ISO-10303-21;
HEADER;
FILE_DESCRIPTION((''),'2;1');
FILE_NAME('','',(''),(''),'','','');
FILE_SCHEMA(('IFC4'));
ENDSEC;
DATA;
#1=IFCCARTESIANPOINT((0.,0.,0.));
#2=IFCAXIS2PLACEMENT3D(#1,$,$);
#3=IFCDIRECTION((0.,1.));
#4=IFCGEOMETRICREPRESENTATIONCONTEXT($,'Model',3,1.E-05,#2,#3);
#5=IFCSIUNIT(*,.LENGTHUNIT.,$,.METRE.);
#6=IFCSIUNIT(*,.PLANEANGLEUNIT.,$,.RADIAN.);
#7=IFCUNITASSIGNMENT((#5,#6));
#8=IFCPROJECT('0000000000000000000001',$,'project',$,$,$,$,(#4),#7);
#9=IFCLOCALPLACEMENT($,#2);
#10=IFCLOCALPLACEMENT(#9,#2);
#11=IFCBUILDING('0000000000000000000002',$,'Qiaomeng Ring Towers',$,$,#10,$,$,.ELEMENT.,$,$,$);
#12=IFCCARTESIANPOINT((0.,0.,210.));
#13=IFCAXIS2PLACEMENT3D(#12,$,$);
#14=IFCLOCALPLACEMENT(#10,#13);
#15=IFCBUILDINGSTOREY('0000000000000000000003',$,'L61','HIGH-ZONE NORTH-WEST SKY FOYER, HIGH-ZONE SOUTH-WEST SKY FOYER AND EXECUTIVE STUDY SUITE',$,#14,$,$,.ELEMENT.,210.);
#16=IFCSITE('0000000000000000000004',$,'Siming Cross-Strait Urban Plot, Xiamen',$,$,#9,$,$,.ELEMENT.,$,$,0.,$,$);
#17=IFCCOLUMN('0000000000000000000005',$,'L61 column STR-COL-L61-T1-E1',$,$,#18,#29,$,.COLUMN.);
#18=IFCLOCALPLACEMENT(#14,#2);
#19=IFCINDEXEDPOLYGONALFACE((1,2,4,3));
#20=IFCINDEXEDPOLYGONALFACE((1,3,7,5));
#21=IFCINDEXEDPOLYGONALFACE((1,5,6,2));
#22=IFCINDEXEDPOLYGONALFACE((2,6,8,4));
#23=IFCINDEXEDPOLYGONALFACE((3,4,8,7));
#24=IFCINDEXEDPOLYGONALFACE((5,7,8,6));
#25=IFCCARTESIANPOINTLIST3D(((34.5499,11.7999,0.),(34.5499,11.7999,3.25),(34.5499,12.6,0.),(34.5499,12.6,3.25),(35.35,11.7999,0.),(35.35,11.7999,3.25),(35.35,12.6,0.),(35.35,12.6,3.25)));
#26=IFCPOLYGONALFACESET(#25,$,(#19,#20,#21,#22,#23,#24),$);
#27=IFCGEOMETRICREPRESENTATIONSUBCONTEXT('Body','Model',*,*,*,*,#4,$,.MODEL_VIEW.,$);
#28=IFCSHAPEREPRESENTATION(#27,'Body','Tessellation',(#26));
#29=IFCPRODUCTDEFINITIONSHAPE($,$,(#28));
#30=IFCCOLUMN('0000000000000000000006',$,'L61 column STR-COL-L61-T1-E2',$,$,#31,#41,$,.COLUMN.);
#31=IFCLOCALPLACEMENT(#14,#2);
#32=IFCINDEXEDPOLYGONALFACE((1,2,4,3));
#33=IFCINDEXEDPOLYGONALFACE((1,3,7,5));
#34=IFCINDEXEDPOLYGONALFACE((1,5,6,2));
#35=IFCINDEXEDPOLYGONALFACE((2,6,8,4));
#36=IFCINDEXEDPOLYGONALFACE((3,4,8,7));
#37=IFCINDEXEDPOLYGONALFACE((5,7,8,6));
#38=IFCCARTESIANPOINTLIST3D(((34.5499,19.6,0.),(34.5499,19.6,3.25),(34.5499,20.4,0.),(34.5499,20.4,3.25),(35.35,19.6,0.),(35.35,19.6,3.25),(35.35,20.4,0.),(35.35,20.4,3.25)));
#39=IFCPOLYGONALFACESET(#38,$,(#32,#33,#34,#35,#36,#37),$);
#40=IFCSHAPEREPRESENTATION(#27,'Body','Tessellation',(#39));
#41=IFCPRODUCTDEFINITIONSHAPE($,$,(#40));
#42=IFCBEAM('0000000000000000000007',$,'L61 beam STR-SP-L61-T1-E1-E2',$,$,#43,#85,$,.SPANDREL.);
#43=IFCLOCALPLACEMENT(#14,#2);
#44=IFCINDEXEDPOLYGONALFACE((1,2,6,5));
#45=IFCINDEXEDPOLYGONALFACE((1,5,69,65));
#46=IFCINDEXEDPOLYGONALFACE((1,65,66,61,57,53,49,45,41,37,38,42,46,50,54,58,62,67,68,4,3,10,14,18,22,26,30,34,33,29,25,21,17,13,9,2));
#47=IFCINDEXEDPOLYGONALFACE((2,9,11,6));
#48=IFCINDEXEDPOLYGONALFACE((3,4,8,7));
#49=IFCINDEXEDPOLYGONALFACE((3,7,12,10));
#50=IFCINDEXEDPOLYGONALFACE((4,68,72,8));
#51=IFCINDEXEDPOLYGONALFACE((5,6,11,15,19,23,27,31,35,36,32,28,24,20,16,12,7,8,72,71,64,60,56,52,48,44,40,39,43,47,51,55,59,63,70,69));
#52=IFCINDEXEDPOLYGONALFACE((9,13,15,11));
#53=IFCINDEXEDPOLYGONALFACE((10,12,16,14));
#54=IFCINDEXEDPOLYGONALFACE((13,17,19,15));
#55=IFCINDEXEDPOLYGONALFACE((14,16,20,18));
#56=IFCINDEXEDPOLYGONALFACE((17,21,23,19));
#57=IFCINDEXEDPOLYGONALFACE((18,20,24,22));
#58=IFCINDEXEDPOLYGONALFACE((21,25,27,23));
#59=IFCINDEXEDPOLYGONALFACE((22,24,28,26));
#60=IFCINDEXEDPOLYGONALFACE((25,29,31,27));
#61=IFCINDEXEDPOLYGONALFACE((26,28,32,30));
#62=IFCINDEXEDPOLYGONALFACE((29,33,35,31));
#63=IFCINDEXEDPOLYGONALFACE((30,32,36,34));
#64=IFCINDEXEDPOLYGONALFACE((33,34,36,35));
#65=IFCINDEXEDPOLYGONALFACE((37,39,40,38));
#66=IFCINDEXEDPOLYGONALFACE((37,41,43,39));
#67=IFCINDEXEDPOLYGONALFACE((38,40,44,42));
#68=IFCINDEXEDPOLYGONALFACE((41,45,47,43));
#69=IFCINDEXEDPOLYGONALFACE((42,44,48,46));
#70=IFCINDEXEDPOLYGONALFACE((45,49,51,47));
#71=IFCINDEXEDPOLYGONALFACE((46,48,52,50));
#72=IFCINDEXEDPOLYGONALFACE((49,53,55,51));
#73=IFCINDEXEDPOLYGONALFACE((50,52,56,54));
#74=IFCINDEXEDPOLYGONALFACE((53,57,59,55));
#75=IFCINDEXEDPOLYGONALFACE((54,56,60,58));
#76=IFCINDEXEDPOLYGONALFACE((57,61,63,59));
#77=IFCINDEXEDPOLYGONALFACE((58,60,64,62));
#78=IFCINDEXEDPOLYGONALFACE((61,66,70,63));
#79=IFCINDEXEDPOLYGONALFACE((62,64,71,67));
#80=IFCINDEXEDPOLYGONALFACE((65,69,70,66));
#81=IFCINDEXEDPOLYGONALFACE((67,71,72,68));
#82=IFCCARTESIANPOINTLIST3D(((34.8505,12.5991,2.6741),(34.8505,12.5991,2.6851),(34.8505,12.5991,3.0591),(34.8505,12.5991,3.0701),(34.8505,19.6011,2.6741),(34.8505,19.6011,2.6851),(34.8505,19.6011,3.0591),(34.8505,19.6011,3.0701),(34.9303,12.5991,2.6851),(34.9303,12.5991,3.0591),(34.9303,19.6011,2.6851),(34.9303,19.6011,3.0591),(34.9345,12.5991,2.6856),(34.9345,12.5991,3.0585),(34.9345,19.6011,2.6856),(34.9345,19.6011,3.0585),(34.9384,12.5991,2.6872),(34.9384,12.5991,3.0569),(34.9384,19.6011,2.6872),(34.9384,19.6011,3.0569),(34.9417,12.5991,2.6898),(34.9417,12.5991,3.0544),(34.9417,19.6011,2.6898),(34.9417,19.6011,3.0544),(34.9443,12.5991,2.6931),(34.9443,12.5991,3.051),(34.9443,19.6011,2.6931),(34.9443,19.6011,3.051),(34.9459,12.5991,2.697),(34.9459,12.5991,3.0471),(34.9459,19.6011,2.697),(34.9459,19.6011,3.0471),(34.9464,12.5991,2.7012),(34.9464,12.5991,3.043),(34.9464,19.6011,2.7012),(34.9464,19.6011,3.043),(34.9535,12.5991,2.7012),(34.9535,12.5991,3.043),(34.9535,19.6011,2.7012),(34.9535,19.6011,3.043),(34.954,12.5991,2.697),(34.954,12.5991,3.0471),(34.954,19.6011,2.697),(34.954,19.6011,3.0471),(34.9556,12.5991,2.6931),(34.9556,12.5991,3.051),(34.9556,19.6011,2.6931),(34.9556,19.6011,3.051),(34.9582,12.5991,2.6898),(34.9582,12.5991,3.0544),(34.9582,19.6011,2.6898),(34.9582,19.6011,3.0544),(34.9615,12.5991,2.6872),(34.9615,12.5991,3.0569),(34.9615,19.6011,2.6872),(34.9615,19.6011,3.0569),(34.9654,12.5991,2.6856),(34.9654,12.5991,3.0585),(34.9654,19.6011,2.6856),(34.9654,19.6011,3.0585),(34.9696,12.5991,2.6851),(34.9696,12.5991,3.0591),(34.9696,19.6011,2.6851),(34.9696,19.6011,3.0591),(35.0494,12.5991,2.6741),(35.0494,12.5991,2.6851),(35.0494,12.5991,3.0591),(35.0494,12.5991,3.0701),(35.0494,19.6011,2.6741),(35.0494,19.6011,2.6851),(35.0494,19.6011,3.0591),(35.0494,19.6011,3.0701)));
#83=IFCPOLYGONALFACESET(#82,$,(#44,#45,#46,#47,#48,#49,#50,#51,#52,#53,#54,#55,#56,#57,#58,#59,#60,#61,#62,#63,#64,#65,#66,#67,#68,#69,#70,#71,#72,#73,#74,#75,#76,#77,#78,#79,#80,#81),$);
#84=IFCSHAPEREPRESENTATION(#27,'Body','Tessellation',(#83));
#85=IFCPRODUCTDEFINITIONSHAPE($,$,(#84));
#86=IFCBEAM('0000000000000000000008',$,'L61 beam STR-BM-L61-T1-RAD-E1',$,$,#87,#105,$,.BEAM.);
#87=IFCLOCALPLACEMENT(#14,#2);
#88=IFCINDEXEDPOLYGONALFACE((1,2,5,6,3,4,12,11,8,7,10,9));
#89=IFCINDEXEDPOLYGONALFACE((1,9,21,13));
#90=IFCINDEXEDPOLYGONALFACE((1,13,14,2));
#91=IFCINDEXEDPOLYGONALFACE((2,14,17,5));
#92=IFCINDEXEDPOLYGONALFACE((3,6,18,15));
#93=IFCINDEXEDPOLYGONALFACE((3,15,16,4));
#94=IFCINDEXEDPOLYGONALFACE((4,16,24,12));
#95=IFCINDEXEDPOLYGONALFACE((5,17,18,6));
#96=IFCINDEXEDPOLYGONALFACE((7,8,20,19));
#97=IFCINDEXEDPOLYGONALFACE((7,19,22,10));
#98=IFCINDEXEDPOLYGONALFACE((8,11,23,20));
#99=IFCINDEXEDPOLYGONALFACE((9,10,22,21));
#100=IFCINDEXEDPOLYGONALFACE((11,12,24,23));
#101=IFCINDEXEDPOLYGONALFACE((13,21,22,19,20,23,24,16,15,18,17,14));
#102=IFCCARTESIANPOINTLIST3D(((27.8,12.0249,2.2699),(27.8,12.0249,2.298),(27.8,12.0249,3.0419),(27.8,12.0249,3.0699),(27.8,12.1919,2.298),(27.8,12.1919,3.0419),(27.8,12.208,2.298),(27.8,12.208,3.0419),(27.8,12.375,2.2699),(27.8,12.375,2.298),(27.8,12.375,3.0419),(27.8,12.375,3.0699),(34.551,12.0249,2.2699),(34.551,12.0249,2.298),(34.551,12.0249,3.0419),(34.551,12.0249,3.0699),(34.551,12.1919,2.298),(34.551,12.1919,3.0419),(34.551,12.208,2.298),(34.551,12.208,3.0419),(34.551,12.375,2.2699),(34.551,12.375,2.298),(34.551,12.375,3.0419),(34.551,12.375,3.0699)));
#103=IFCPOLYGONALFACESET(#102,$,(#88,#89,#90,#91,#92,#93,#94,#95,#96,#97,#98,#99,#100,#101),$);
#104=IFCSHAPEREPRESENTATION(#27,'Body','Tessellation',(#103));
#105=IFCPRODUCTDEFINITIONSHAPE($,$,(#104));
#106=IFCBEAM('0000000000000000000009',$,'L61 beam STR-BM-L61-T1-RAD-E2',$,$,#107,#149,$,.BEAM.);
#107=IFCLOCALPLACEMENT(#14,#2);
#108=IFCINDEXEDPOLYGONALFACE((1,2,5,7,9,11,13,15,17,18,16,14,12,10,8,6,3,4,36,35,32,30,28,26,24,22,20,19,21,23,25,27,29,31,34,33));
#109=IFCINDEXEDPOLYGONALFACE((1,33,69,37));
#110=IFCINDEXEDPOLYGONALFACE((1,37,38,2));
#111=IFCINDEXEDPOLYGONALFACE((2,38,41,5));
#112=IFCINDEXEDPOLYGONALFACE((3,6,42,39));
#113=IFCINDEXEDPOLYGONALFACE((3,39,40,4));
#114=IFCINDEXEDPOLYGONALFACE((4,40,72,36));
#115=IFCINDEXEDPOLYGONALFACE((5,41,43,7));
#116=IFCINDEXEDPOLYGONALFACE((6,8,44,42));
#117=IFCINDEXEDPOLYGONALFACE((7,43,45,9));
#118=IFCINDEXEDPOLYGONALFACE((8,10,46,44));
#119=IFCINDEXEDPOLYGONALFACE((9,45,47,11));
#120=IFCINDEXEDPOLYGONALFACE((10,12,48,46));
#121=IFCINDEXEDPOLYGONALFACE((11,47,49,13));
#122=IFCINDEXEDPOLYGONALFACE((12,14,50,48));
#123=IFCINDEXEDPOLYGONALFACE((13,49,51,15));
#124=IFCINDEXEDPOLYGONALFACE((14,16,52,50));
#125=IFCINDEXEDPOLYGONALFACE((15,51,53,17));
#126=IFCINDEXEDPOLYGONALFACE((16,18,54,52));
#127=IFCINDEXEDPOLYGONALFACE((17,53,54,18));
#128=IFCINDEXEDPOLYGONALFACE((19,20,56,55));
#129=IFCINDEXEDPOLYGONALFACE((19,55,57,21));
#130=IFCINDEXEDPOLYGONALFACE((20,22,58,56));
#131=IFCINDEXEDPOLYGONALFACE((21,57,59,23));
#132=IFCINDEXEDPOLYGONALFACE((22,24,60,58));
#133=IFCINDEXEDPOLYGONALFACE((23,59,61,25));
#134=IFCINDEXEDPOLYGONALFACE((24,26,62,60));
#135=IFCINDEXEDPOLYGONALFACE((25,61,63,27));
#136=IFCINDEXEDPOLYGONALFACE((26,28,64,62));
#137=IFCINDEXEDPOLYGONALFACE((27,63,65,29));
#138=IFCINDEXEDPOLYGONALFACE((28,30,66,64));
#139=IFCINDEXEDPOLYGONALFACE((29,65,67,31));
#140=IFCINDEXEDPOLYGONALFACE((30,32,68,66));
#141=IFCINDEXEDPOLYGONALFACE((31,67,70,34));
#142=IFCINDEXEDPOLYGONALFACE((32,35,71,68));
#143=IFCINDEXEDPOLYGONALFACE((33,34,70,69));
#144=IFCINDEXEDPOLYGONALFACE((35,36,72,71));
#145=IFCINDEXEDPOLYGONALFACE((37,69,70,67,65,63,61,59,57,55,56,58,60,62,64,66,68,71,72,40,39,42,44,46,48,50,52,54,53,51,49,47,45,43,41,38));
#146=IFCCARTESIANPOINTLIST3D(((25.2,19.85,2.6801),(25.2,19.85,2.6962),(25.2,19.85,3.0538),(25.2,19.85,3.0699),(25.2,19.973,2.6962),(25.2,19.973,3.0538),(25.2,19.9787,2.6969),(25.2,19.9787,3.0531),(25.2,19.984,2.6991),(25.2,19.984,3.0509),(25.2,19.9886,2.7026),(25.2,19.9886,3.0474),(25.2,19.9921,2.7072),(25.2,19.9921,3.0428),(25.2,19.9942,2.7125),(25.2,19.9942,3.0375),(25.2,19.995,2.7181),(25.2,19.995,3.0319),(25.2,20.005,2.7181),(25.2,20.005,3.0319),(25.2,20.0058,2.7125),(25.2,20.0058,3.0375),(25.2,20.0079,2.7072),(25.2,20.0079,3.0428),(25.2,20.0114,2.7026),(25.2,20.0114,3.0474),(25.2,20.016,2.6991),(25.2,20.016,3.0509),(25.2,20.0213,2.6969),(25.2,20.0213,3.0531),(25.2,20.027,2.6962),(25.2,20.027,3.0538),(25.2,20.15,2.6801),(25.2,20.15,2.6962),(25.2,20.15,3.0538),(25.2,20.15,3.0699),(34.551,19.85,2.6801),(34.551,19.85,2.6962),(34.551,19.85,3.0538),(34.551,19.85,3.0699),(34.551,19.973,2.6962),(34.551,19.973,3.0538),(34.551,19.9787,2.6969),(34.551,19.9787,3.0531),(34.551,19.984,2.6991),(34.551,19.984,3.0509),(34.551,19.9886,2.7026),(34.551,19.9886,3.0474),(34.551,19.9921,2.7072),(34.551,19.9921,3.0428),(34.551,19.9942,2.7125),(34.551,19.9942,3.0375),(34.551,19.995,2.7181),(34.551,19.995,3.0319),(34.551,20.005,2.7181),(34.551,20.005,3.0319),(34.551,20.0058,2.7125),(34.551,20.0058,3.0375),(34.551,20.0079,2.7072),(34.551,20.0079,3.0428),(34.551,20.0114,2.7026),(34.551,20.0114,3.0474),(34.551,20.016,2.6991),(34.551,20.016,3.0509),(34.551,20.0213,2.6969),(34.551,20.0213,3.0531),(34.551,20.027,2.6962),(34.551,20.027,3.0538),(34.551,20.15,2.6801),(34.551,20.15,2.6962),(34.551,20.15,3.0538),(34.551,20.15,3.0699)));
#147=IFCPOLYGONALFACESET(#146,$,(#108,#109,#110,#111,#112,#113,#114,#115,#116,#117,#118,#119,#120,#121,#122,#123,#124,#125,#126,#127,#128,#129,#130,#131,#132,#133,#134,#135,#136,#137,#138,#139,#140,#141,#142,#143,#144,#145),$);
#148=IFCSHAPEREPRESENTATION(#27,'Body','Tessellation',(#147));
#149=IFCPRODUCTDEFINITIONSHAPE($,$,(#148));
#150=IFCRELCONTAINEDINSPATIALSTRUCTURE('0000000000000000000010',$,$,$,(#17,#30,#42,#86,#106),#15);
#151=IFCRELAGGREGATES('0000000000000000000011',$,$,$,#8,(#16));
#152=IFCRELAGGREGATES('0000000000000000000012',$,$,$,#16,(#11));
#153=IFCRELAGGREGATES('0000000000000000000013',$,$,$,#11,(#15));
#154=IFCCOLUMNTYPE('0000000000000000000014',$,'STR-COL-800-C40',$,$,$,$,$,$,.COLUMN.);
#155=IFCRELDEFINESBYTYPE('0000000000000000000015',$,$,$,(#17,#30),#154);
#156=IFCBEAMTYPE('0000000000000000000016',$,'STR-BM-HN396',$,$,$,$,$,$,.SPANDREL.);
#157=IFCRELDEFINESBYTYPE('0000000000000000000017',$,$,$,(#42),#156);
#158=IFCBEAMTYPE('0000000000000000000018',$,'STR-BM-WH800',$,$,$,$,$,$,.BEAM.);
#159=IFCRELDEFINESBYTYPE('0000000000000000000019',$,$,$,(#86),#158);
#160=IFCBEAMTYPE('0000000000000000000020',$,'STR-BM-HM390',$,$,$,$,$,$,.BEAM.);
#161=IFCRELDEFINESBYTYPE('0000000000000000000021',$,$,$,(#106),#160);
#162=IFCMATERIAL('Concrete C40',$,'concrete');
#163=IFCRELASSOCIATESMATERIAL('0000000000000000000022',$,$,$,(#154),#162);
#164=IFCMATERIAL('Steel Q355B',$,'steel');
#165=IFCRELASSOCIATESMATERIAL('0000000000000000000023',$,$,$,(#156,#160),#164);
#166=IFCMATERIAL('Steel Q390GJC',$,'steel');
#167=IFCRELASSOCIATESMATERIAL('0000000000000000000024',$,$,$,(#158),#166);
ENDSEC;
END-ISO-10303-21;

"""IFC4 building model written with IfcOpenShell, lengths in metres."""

from ifc_helpers import new_model, si_unit, direction, frame, origin, origin_2d, place, context, subcontext, project, spatial, rectangle, i_section, extrude, source, transform, mapped, material, material_profile, profile_set, type_object, element, save


model = new_model("IFC4")

# Units and contexts
model_context = context("Model", 3, precision=1e-05, world=origin(), true_north=direction((0.0, 1.0)))
body_context = subcontext(model_context, "Body", "Model", "MODEL_VIEW")
ifc_project = project(units=[si_unit("LENGTHUNIT", "METRE"), si_unit("PLANEANGLEUNIT", "RADIAN")], contexts=[model_context])

# Site, building, storey
site_placement = place(None, origin())
site = spatial("IfcSite", under=ifc_project, at=site_placement, Name="Siming Cross-Strait Urban Plot, Xiamen", CompositionType="ELEMENT", RefElevation=0.0)
building_placement = place(site_placement, origin())
building = spatial("IfcBuilding", under=site, at=building_placement, Name="Qiaomeng Ring Towers", CompositionType="ELEMENT")
storey_placement = place(building_placement, frame((0.0, 0.0, 210.0)))
storey = spatial("IfcBuildingStorey", under=building, at=storey_placement, Name="L61", Description="HIGH-ZONE NORTH-WEST SKY FOYER, HIGH-ZONE SOUTH-WEST SKY FOYER AND EXECUTIVE STUDY SUITE", CompositionType="ELEMENT", Elevation=210.0)

# Columns
ifc_material_1 = material(Name="Concrete C40", Category="concrete")
ifc_material_profile_1 = material_profile(ifc_material_1, rectangle(XDim=0.8, YDim=0.8, at=origin_2d()), Name="RC COL 800x800")
ifc_profile_set_1 = profile_set([ifc_material_profile_1], Name="Concrete C40")
column_type = type_object("IfcColumnType", Name="STR-COL-800-C40", PredefinedType="COLUMN", material=ifc_profile_set_1)
shared_shape_1 = source(origin(), body_context, "Body", "SweptSolid", [
    extrude(rectangle(XDim=0.8, YDim=0.8, at=origin_2d()), origin(), (0.0, 0.0, 1.0), 3.25),
])
for number, where, z_axis, x_axis, name in (
    (1, (34.95, 12.2, 0.0), (0.0, 0.0, 1.0), (1.0, 0.0, 0.0), "L61 column STR-COL-L61-T1-E1"),
    (2, (34.95, 20.0, 0.0), (0.0, 0.0, 1.0), (1.0, 0.0, 0.0), "L61 column STR-COL-L61-T1-E2"),
):
    element("IfcColumn", number, at=place(storey_placement, frame(where, z_axis=z_axis, x_axis=x_axis)), inside=storey, type_object=column_type, Name=name, PredefinedType="COLUMN", context=body_context, shape_type="MappedRepresentation", body=[
        mapped(shared_shape_1, transform((0.0, 0.0, 0.0), x_axis=(1.0, 0.0, 0.0), y_axis=(0.0, 1.0, 0.0), z_axis=(0.0, 0.0, 1.0), scale=1.0)),
    ])

# Beams
ifc_material_2 = material(Name="Steel Q355B", Category="steel")
ifc_material_profile_2 = material_profile(ifc_material_2, i_section(OverallWidth=0.199, OverallDepth=0.396, WebThickness=0.0071, FlangeThickness=0.011, FilletRadius=0.0161, at=origin_2d()), Name="HN 396x199x7x11")
ifc_profile_set_2 = profile_set([ifc_material_profile_2], Name="Steel Q355B")
beam_type_1 = type_object("IfcBeamType", Name="STR-BM-HN396", PredefinedType="SPANDREL", material=ifc_profile_set_2)
shared_shape_2 = source(origin(), body_context, "Body", "SweptSolid", [
    extrude(i_section(OverallWidth=0.199, OverallDepth=0.396, WebThickness=0.0071, FlangeThickness=0.011, FilletRadius=0.0161, at=origin_2d()), origin(), (0.0, 0.0, 1.0), 7.002),
])
beam_1_placement = place(storey_placement, frame((34.95, 12.5991, 2.8721), z_axis=(0.0, 1.0, 0.0), x_axis=(-1.0, 0.0, 0.0)))
element("IfcBeam", 3, at=beam_1_placement, inside=storey, type_object=beam_type_1, Name="L61 beam STR-SP-L61-T1-E1-E2", PredefinedType="SPANDREL", context=body_context, shape_type="MappedRepresentation", body=[
    mapped(shared_shape_2, transform((0.0, 0.0, 0.0), x_axis=(1.0, 0.0, 0.0), y_axis=(0.0, 1.0, 0.0), z_axis=(0.0, 0.0, 1.0), scale=1.0)),
])
ifc_material_3 = material(Name="Steel Q390GJC", Category="steel")
ifc_material_profile_3 = material_profile(ifc_material_3, i_section(OverallWidth=0.3501, OverallDepth=0.8, WebThickness=0.0161, FlangeThickness=0.0281, at=origin_2d()), Name="WH 800x350x16x28")
ifc_profile_set_3 = profile_set([ifc_material_profile_3], Name="Steel Q390GJC")
beam_type_2 = type_object("IfcBeamType", Name="STR-BM-WH800", PredefinedType="BEAM", material=ifc_profile_set_3)
shared_shape_3 = source(origin(), body_context, "Body", "SweptSolid", [
    extrude(i_section(OverallWidth=0.3501, OverallDepth=0.8, WebThickness=0.0161, FlangeThickness=0.0281, at=origin_2d()), origin(), (0.0, 0.0, 1.0), 6.751),
])
beam_2_placement = place(storey_placement, frame((27.8, 12.2, 2.6699), z_axis=(1.0, 0.0, 0.0), x_axis=(0.0, 1.0, 0.0)))
element("IfcBeam", 4, at=beam_2_placement, inside=storey, type_object=beam_type_2, Name="L61 beam STR-BM-L61-T1-RAD-E1", PredefinedType="BEAM", context=body_context, shape_type="MappedRepresentation", body=[
    mapped(shared_shape_3, transform((0.0, 0.0, 0.0), x_axis=(1.0, 0.0, 0.0), y_axis=(0.0, 1.0, 0.0), z_axis=(0.0, 0.0, 1.0), scale=1.0)),
])
ifc_material_profile_4 = material_profile(ifc_material_2, i_section(OverallWidth=0.3, OverallDepth=0.3899, WebThickness=0.01, FlangeThickness=0.0161, FilletRadius=0.022, at=origin_2d()), Name="HM 390x300x10x16")
ifc_profile_set_4 = profile_set([ifc_material_profile_4], Name="Steel Q355B")
beam_type_3 = type_object("IfcBeamType", Name="STR-BM-HM390", PredefinedType="BEAM", material=ifc_profile_set_4)
shared_shape_4 = source(origin(), body_context, "Body", "SweptSolid", [
    extrude(i_section(OverallWidth=0.3, OverallDepth=0.3899, WebThickness=0.01, FlangeThickness=0.0161, FilletRadius=0.022, at=origin_2d()), origin(), (0.0, 0.0, 1.0), 9.3511),
])
beam_3_placement = place(storey_placement, frame((25.2, 20.0, 2.875), z_axis=(1.0, 0.0, 0.0), x_axis=(0.0, 1.0, 0.0)))
element("IfcBeam", 5, at=beam_3_placement, inside=storey, type_object=beam_type_3, Name="L61 beam STR-BM-L61-T1-RAD-E2", PredefinedType="BEAM", context=body_context, shape_type="MappedRepresentation", body=[
    mapped(shared_shape_4, transform((0.0, 0.0, 0.0), x_axis=(1.0, 0.0, 0.0), y_axis=(0.0, 1.0, 0.0), z_axis=(0.0, 0.0, 1.0), scale=1.0)),
])

save(model, "model.ifc")
